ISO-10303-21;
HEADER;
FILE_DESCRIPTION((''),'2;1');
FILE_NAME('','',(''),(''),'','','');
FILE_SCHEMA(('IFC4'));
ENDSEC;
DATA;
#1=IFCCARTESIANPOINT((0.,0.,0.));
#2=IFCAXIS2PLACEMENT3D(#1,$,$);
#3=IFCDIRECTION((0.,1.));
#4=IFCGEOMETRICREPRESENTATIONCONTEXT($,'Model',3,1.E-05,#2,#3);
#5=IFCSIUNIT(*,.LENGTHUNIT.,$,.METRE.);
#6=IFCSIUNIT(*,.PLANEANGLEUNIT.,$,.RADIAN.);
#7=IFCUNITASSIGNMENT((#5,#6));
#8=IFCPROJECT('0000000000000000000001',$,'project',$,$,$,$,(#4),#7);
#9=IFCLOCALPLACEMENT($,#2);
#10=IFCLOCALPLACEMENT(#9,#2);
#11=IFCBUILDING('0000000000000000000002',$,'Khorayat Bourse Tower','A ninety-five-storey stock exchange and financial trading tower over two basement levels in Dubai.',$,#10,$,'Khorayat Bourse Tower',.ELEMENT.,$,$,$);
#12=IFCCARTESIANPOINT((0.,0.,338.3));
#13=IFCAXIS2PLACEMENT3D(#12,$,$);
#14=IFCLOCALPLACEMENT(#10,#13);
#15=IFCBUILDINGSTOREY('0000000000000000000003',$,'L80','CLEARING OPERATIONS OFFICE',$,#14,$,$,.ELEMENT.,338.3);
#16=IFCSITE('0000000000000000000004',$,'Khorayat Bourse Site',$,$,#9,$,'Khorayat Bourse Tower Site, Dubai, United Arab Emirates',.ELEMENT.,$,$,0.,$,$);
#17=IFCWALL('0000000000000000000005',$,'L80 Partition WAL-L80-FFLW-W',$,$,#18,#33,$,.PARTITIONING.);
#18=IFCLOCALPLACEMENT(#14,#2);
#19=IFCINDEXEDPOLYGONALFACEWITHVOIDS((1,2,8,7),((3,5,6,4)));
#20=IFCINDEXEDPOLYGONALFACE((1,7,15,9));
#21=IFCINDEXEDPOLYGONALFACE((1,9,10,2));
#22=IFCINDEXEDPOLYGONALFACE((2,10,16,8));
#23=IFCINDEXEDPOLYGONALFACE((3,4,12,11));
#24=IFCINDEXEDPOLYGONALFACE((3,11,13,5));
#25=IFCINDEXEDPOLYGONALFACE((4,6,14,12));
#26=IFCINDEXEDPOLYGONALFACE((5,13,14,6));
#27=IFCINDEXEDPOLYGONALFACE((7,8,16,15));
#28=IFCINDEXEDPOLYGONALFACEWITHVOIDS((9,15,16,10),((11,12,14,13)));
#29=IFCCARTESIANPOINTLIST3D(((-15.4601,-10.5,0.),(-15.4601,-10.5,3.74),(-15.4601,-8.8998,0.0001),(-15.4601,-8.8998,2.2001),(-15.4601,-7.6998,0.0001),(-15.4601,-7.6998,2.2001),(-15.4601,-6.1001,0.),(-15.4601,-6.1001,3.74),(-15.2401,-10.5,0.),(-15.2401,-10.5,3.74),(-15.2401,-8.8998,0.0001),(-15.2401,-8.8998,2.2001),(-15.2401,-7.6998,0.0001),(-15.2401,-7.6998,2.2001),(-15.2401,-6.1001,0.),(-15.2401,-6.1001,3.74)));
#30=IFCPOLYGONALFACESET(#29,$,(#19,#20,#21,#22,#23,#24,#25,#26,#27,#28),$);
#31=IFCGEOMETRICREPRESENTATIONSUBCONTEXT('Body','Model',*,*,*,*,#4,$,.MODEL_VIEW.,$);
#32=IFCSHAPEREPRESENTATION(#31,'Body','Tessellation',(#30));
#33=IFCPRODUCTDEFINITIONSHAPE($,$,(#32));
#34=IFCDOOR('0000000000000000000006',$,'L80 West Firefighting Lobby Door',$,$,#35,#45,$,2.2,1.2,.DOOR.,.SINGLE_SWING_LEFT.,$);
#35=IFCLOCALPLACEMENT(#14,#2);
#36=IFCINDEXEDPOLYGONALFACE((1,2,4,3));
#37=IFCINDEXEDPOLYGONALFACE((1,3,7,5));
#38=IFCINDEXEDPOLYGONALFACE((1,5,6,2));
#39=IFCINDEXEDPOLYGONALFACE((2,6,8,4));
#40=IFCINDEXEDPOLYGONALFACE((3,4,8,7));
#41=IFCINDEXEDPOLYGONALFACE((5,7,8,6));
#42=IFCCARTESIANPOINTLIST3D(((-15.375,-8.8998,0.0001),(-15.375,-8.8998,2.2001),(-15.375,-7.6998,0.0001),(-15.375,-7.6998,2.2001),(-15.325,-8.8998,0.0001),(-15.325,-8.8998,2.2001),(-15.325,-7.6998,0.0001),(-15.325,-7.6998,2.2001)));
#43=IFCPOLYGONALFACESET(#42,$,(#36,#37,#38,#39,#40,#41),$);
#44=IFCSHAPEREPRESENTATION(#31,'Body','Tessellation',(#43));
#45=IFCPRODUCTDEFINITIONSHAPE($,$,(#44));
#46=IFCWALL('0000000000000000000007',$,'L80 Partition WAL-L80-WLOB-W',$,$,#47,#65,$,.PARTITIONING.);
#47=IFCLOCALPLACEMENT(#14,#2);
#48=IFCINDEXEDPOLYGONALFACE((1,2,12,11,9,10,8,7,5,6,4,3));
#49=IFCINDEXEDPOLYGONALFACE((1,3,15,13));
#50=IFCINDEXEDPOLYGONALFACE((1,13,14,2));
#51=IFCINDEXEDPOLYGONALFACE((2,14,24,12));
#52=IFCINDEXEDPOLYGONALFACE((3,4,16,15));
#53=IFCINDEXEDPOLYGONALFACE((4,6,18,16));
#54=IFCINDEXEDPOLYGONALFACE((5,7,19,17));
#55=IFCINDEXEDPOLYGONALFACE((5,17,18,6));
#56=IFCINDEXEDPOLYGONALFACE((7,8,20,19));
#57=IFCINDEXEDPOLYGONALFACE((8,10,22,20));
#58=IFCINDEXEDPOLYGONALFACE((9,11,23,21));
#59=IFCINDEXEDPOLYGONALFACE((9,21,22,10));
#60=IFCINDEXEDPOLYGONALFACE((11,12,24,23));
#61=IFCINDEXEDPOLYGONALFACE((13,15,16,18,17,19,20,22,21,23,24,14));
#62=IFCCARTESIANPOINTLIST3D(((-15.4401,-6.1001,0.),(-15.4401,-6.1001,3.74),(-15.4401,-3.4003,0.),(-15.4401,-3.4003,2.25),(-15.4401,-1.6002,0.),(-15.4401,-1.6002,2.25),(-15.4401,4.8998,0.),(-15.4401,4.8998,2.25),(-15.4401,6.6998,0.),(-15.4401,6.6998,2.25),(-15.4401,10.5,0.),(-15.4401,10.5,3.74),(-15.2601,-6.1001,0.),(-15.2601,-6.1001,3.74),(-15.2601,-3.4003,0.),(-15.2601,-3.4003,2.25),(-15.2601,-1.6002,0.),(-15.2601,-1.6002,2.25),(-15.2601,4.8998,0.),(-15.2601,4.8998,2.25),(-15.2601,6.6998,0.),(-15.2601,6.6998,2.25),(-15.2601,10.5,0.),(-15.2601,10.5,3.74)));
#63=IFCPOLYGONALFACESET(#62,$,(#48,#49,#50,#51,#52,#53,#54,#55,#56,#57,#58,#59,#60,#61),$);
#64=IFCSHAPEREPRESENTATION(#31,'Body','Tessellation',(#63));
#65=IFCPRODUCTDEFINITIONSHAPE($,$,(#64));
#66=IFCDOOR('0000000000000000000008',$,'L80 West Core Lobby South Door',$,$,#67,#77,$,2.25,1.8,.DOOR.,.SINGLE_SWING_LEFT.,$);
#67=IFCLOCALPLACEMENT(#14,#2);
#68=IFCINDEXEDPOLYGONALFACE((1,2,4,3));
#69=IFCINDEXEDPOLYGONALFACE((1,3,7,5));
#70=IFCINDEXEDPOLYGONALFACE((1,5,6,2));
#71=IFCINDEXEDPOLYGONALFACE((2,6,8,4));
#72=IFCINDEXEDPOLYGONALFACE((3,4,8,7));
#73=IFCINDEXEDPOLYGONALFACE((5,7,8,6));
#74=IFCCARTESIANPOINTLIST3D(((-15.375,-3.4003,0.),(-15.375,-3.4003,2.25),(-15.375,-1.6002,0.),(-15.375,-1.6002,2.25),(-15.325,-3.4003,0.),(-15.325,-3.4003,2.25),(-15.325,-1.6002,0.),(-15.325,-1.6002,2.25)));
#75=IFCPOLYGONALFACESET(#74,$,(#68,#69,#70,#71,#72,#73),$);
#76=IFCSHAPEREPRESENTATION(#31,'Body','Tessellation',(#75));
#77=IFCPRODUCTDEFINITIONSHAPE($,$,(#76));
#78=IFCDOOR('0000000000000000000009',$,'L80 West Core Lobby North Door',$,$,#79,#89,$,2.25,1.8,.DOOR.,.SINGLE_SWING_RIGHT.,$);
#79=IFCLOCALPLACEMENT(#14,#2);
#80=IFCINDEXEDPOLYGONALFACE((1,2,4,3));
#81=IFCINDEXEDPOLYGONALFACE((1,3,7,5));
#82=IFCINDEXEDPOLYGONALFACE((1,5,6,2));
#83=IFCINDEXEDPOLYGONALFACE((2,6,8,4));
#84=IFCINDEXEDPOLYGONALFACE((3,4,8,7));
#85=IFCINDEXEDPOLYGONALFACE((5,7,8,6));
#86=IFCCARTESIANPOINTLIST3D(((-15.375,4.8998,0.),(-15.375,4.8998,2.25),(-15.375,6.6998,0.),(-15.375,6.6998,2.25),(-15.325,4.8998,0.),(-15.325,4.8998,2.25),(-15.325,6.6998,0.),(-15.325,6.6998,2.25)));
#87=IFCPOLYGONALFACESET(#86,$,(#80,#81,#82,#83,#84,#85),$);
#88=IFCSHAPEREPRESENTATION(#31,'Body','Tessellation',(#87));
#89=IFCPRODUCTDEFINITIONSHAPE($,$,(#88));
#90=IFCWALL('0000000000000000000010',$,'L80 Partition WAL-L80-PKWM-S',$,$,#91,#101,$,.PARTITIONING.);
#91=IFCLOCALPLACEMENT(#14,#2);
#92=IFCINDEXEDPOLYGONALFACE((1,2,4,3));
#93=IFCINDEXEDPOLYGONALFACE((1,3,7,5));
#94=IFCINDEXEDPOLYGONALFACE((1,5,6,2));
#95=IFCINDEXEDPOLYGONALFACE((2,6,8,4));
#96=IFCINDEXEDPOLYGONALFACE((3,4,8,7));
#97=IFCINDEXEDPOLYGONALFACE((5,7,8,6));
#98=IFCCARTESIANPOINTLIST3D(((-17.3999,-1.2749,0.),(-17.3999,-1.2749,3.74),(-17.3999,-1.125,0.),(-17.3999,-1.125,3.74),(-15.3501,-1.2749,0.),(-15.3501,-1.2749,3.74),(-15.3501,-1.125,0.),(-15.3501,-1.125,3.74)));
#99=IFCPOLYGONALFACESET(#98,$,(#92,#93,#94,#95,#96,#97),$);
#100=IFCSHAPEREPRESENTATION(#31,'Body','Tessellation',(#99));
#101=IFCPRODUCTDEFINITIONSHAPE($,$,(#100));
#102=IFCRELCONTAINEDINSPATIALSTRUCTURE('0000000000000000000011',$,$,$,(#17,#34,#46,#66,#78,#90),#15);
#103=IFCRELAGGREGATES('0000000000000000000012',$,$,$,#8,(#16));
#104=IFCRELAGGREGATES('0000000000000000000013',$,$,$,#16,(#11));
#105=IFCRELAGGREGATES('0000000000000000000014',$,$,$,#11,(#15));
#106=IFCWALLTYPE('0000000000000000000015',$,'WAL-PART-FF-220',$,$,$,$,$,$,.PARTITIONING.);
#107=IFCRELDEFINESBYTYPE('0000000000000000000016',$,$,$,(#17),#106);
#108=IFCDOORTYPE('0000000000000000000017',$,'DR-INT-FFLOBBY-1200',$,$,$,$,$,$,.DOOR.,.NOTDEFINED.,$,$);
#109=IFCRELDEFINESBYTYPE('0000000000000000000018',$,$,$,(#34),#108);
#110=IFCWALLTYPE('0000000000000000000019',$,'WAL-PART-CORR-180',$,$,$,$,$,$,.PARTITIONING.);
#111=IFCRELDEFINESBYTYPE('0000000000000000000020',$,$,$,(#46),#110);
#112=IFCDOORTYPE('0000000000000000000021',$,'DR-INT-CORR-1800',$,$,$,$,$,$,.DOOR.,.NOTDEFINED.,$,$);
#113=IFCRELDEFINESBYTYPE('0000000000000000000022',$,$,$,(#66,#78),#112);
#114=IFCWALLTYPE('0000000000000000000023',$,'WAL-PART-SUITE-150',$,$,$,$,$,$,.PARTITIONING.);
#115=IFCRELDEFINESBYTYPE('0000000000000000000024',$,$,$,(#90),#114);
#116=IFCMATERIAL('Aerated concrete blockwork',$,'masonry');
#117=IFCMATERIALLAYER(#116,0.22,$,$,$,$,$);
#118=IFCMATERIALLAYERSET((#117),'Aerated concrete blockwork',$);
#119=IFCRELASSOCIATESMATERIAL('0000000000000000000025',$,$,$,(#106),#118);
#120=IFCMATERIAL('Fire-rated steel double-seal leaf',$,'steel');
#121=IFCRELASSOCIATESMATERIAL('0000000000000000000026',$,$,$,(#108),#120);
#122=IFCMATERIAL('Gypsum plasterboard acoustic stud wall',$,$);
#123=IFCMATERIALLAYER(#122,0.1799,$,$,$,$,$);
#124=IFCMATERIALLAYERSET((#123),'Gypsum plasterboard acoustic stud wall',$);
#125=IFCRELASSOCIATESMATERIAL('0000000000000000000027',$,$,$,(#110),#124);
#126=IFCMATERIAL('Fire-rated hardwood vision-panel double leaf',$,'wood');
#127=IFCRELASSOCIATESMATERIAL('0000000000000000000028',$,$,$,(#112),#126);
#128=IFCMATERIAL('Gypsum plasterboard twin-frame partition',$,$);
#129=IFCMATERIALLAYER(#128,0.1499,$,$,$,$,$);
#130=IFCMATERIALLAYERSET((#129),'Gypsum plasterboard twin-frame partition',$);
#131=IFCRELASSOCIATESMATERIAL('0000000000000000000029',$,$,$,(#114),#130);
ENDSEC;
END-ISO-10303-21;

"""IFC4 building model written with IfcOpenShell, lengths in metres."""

from ifc_helpers import new_model, si_unit, direction, frame, frame_2d, origin, place, context, subcontext, project, spatial, rectangle, extrude, source, transform, mapped, material, layer, layer_set, type_object, element, fill, save


model = new_model("IFC4")

# Units and contexts
model_context = context("Model", 3, precision=1e-05, world=origin(), true_north=direction((0.0, 1.0)))
body_context = subcontext(model_context, "Body", "Model", "MODEL_VIEW")
ifc_project = project(units=[si_unit("LENGTHUNIT", "METRE"), si_unit("PLANEANGLEUNIT", "RADIAN")], contexts=[model_context])

# Site, building, storey
site_placement = place(None, origin())
site = spatial("IfcSite", under=ifc_project, at=site_placement, Name="Khorayat Bourse Site", LongName="Khorayat Bourse Tower Site, Dubai, United Arab Emirates", CompositionType="ELEMENT", RefElevation=0.0)
building_placement = place(site_placement, origin())
building = spatial("IfcBuilding", under=site, at=building_placement, Name="Khorayat Bourse Tower", Description="A ninety-five-storey stock exchange and financial trading tower over two basement levels in Dubai.", LongName="Khorayat Bourse Tower", CompositionType="ELEMENT")
storey_placement = place(building_placement, frame((0.0, 0.0, 338.3)))
storey = spatial("IfcBuildingStorey", under=building, at=storey_placement, Name="L80", Description="CLEARING OPERATIONS OFFICE", CompositionType="ELEMENT", Elevation=338.3)

# Shared definitions
ifc_material_1 = material(Name="Aerated concrete blockwork", Category="masonry")
ifc_layer_1 = layer(ifc_material_1, 0.22)
ifc_layer_set_1 = layer_set([ifc_layer_1], Name="Aerated concrete blockwork")
wall_type_1 = type_object("IfcWallType", Name="WAL-PART-FF-220", PredefinedType="PARTITIONING", material=ifc_layer_set_1)

# Wall, opening, door
shared_shape_1 = source(origin(), body_context, "Body", "SweptSolid", [
    extrude(rectangle(XDim=4.3999, YDim=0.22, at=frame_2d((2.2, 0.0))), origin(), (0.0, 0.0, 1.0), 3.74),
])
wall_1_placement = place(storey_placement, frame((-15.3501, -10.5, 0.0), z_axis=(0.0, 0.0, 1.0), x_axis=(0.0, 1.0, 0.0)))
wall_1 = element("IfcWall", 1, at=wall_1_placement, inside=storey, type_object=wall_type_1, Name="L80 Partition WAL-L80-FFLW-W", PredefinedType="PARTITIONING", context=body_context, shape_type="MappedRepresentation", body=[
    mapped(shared_shape_1, transform((0.0, 0.0, 0.0), scale=1.0)),
])
shared_shape_2 = source(origin(), body_context, "Body", "SweptSolid", [
    extrude(rectangle(XDim=1.2, YDim=2.2, at=frame_2d((0.6001, 1.1001))), frame((0.0, 0.1199, 0.0), z_axis=(0.0, -1.0, 0.0), x_axis=(1.0, 0.0, 0.0)), (0.0, 0.0, 1.0), 0.24),
])
opening_1_placement = place(wall_1_placement, frame((1.6001, 0.0, 0.0)))
opening_1 = element("IfcOpeningElement", 2, at=opening_1_placement, cuts=wall_1, PredefinedType="OPENING", context=body_context, shape_type="MappedRepresentation", body=[
    mapped(shared_shape_2, transform((0.0, 0.0, 0.0), scale=1.0)),
])
ifc_material_2 = material(Name="Fire-rated steel double-seal leaf", Category="steel")
door_type_1 = type_object("IfcDoorType", Name="DR-INT-FFLOBBY-1200", OperationType="NOTDEFINED", PredefinedType="DOOR", material=ifc_material_2)
shared_shape_3 = source(origin(), body_context, "Body", "SweptSolid", [
    extrude(rectangle(XDim=1.2, YDim=2.2, at=frame_2d((0.6001, 1.1001))), frame((0.0, 0.0249, 0.0), z_axis=(0.0, -1.0, 0.0), x_axis=(1.0, 0.0, 0.0)), (0.0, 0.0, 1.0), 0.05),
])
door_1_placement = place(opening_1_placement, origin())
door_1 = element("IfcDoor", 3, at=door_1_placement, inside=storey, type_object=door_type_1, Name="L80 West Firefighting Lobby Door", OperationType="SINGLE_SWING_LEFT", OverallHeight=2.2, OverallWidth=1.2, PredefinedType="DOOR", context=body_context, shape_type="MappedRepresentation", body=[
    mapped(shared_shape_3, transform((0.0, 0.0, 0.0), scale=1.0)),
])
fill(opening_1, door_1)

# Wall, openings, doors
ifc_material_3 = material(Name="Gypsum plasterboard acoustic stud wall")
ifc_layer_2 = layer(ifc_material_3, 0.1799)
ifc_layer_set_2 = layer_set([ifc_layer_2], Name="Gypsum plasterboard acoustic stud wall")
wall_type_2 = type_object("IfcWallType", Name="WAL-PART-CORR-180", PredefinedType="PARTITIONING", material=ifc_layer_set_2)
shared_shape_4 = source(origin(), body_context, "Body", "SweptSolid", [
    extrude(rectangle(XDim=16.6001, YDim=0.1799, at=frame_2d((8.3, 0.0))), origin(), (0.0, 0.0, 1.0), 3.74),
])
wall_2_placement = place(storey_placement, frame((-15.3501, -6.1001, 0.0), z_axis=(0.0, 0.0, 1.0), x_axis=(0.0, 1.0, 0.0)))
wall_2 = element("IfcWall", 4, at=wall_2_placement, inside=storey, type_object=wall_type_2, Name="L80 Partition WAL-L80-WLOB-W", PredefinedType="PARTITIONING", context=body_context, shape_type="MappedRepresentation", body=[
    mapped(shared_shape_4, transform((0.0, 0.0, 0.0), scale=1.0)),
])
shared_shape_5 = source(origin(), body_context, "Body", "SweptSolid", [
    extrude(rectangle(XDim=1.8, YDim=2.25, at=frame_2d((0.8999, 1.125))), frame((0.0, 0.0999, 0.0), z_axis=(0.0, -1.0, 0.0), x_axis=(1.0, 0.0, 0.0)), (0.0, 0.0, 1.0), 0.2),
])
opening_2_placement = place(wall_2_placement, frame((2.7, 0.0, 0.0)))
opening_2 = element("IfcOpeningElement", 5, at=opening_2_placement, cuts=wall_2, PredefinedType="OPENING", context=body_context, shape_type="MappedRepresentation", body=[
    mapped(shared_shape_5, transform((0.0, 0.0, 0.0), scale=1.0)),
])
opening_3_placement = place(wall_2_placement, frame((11.0, 0.0, 0.0)))
opening_3 = element("IfcOpeningElement", 6, at=opening_3_placement, cuts=wall_2, PredefinedType="OPENING", context=body_context, shape_type="MappedRepresentation", body=[
    mapped(shared_shape_5, transform((0.0, 0.0, 0.0), scale=1.0)),
])
ifc_material_4 = material(Name="Fire-rated hardwood vision-panel double leaf", Category="wood")
door_type_2 = type_object("IfcDoorType", Name="DR-INT-CORR-1800", OperationType="NOTDEFINED", PredefinedType="DOOR", material=ifc_material_4)
shared_shape_6 = source(origin(), body_context, "Body", "SweptSolid", [
    extrude(rectangle(XDim=1.8, YDim=2.25, at=frame_2d((0.8999, 1.125))), frame((0.0, 0.0249, 0.0), z_axis=(0.0, -1.0, 0.0), x_axis=(1.0, 0.0, 0.0)), (0.0, 0.0, 1.0), 0.05),
])
door_2_placement = place(opening_2_placement, origin())
door_2 = element("IfcDoor", 7, at=door_2_placement, inside=storey, type_object=door_type_2, Name="L80 West Core Lobby South Door", OperationType="SINGLE_SWING_LEFT", OverallHeight=2.25, OverallWidth=1.8, PredefinedType="DOOR", context=body_context, shape_type="MappedRepresentation", body=[
    mapped(shared_shape_6, transform((0.0, 0.0, 0.0), scale=1.0)),
])
fill(opening_2, door_2)
door_3_placement = place(opening_3_placement, origin())
door_3 = element("IfcDoor", 8, at=door_3_placement, inside=storey, type_object=door_type_2, Name="L80 West Core Lobby North Door", OperationType="SINGLE_SWING_RIGHT", OverallHeight=2.25, OverallWidth=1.8, PredefinedType="DOOR", context=body_context, shape_type="MappedRepresentation", body=[
    mapped(shared_shape_6, transform((0.0, 0.0, 0.0), scale=1.0)),
])
fill(opening_3, door_3)

# Wall
ifc_material_5 = material(Name="Gypsum plasterboard twin-frame partition")
ifc_layer_3 = layer(ifc_material_5, 0.1499)
ifc_layer_set_3 = layer_set([ifc_layer_3], Name="Gypsum plasterboard twin-frame partition")
wall_type_3 = type_object("IfcWallType", Name="WAL-PART-SUITE-150", PredefinedType="PARTITIONING", material=ifc_layer_set_3)
shared_shape_7 = source(origin(), body_context, "Body", "SweptSolid", [
    extrude(rectangle(XDim=2.0498, YDim=0.1499, at=frame_2d((1.0249, 0.0))), origin(), (0.0, 0.0, 1.0), 3.74),
])
wall_3_placement = place(storey_placement, frame((-17.3999, -1.2, 0.0), z_axis=(0.0, 0.0, 1.0), x_axis=(1.0, 0.0, 0.0)))
element("IfcWall", 9, at=wall_3_placement, inside=storey, type_object=wall_type_3, Name="L80 Partition WAL-L80-PKWM-S", PredefinedType="PARTITIONING", context=body_context, shape_type="MappedRepresentation", body=[
    mapped(shared_shape_7, transform((0.0, 0.0, 0.0), scale=1.0)),
])

save(model, "model.ifc")
